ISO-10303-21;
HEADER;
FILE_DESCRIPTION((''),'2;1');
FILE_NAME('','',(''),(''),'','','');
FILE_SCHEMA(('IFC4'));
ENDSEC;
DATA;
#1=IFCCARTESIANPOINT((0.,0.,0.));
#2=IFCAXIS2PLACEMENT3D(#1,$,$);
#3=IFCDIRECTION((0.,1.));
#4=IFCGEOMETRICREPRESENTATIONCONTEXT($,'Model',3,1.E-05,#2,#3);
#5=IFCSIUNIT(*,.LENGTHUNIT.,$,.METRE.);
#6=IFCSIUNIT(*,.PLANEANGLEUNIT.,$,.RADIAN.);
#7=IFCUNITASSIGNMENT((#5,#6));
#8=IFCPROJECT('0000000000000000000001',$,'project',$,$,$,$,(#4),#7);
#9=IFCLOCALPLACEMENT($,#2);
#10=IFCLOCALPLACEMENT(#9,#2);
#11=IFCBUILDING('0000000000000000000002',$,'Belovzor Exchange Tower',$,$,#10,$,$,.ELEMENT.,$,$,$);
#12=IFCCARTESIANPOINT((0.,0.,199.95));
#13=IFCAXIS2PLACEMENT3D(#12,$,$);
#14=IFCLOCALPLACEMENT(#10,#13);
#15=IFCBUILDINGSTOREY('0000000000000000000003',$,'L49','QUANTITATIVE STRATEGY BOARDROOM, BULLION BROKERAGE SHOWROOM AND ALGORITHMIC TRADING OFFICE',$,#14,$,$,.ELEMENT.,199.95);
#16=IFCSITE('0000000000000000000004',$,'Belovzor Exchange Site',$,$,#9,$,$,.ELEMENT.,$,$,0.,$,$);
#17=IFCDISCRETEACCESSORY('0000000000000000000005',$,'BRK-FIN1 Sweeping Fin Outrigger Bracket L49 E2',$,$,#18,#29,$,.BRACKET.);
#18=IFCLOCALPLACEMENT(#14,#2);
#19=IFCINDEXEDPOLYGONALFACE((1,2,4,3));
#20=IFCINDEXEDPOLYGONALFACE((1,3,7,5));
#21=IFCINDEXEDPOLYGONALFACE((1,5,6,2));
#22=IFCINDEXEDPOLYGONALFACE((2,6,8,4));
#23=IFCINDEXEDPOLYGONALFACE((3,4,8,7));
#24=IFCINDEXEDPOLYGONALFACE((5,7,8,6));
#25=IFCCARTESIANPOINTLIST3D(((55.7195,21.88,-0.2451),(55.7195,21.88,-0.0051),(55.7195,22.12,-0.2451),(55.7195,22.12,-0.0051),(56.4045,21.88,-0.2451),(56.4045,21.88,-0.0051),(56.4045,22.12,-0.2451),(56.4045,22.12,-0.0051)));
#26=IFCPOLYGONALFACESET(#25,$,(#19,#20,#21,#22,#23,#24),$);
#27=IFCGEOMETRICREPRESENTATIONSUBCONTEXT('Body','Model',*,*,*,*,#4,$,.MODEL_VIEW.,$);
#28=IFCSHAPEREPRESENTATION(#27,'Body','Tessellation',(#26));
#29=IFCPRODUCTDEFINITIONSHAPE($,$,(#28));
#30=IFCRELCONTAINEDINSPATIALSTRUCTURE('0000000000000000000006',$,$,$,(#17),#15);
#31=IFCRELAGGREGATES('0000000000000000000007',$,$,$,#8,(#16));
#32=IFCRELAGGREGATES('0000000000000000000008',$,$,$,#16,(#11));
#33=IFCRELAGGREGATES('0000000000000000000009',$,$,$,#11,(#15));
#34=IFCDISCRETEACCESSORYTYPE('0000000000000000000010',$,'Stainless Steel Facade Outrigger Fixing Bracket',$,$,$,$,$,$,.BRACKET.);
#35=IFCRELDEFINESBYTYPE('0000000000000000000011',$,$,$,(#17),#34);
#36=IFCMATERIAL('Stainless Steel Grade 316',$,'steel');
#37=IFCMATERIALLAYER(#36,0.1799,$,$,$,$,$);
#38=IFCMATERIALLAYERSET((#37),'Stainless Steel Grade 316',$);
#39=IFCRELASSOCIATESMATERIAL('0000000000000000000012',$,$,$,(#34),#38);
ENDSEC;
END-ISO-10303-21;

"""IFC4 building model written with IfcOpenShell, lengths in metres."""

from ifc_helpers import new_model, si_unit, direction, frame, origin, origin_2d, place, context, subcontext, project, spatial, rectangle, extrude, material, layer, layer_set, type_object, element, save


model = new_model("IFC4")

# Units and contexts
model_context = context("Model", 3, precision=1e-05, world=origin(), true_north=direction((0.0, 1.0)))
body_context = subcontext(model_context, "Body", "Model", "MODEL_VIEW")
ifc_project = project(units=[si_unit("LENGTHUNIT", "METRE"), si_unit("PLANEANGLEUNIT", "RADIAN")], contexts=[model_context])

# Site, building, storey
site_placement = place(None, origin())
site = spatial("IfcSite", under=ifc_project, at=site_placement, Name="Belovzor Exchange Site", CompositionType="ELEMENT", RefElevation=0.0)
building_placement = place(site_placement, origin())
building = spatial("IfcBuilding", under=site, at=building_placement, Name="Belovzor Exchange Tower", CompositionType="ELEMENT")
storey_placement = place(building_placement, frame((0.0, 0.0, 199.95)))
storey = spatial("IfcBuildingStorey", under=building, at=storey_placement, Name="L49", Description="QUANTITATIVE STRATEGY BOARDROOM, BULLION BROKERAGE SHOWROOM AND ALGORITHMIC TRADING OFFICE", CompositionType="ELEMENT", Elevation=199.95)

# Discrete accessory
ifc_material_1 = material(Name="Stainless Steel Grade 316", Category="steel")
ifc_layer_1 = layer(ifc_material_1, 0.1799)
ifc_layer_set_1 = layer_set([ifc_layer_1], Name="Stainless Steel Grade 316")
discrete_accessory_type = type_object("IfcDiscreteAccessoryType", Name="Stainless Steel Facade Outrigger Fixing Bracket", PredefinedType="BRACKET", material=ifc_layer_set_1)
discrete_accessory_placement = place(storey_placement, frame((56.062, 22.0, -0.2451), z_axis=(0.0, 0.0, 1.0), x_axis=(1.0, 0.0, 0.0)))
element("IfcDiscreteAccessory", 1, at=discrete_accessory_placement, inside=storey, type_object=discrete_accessory_type, Name="BRK-FIN1 Sweeping Fin Outrigger Bracket L49 E2", PredefinedType="BRACKET", context=body_context, shape_type="SweptSolid", body=[
    extrude(rectangle(XDim=0.6851, YDim=0.24, at=origin_2d()), origin(), (0.0, 0.0, 1.0), 0.24),
])

save(model, "model.ifc")
